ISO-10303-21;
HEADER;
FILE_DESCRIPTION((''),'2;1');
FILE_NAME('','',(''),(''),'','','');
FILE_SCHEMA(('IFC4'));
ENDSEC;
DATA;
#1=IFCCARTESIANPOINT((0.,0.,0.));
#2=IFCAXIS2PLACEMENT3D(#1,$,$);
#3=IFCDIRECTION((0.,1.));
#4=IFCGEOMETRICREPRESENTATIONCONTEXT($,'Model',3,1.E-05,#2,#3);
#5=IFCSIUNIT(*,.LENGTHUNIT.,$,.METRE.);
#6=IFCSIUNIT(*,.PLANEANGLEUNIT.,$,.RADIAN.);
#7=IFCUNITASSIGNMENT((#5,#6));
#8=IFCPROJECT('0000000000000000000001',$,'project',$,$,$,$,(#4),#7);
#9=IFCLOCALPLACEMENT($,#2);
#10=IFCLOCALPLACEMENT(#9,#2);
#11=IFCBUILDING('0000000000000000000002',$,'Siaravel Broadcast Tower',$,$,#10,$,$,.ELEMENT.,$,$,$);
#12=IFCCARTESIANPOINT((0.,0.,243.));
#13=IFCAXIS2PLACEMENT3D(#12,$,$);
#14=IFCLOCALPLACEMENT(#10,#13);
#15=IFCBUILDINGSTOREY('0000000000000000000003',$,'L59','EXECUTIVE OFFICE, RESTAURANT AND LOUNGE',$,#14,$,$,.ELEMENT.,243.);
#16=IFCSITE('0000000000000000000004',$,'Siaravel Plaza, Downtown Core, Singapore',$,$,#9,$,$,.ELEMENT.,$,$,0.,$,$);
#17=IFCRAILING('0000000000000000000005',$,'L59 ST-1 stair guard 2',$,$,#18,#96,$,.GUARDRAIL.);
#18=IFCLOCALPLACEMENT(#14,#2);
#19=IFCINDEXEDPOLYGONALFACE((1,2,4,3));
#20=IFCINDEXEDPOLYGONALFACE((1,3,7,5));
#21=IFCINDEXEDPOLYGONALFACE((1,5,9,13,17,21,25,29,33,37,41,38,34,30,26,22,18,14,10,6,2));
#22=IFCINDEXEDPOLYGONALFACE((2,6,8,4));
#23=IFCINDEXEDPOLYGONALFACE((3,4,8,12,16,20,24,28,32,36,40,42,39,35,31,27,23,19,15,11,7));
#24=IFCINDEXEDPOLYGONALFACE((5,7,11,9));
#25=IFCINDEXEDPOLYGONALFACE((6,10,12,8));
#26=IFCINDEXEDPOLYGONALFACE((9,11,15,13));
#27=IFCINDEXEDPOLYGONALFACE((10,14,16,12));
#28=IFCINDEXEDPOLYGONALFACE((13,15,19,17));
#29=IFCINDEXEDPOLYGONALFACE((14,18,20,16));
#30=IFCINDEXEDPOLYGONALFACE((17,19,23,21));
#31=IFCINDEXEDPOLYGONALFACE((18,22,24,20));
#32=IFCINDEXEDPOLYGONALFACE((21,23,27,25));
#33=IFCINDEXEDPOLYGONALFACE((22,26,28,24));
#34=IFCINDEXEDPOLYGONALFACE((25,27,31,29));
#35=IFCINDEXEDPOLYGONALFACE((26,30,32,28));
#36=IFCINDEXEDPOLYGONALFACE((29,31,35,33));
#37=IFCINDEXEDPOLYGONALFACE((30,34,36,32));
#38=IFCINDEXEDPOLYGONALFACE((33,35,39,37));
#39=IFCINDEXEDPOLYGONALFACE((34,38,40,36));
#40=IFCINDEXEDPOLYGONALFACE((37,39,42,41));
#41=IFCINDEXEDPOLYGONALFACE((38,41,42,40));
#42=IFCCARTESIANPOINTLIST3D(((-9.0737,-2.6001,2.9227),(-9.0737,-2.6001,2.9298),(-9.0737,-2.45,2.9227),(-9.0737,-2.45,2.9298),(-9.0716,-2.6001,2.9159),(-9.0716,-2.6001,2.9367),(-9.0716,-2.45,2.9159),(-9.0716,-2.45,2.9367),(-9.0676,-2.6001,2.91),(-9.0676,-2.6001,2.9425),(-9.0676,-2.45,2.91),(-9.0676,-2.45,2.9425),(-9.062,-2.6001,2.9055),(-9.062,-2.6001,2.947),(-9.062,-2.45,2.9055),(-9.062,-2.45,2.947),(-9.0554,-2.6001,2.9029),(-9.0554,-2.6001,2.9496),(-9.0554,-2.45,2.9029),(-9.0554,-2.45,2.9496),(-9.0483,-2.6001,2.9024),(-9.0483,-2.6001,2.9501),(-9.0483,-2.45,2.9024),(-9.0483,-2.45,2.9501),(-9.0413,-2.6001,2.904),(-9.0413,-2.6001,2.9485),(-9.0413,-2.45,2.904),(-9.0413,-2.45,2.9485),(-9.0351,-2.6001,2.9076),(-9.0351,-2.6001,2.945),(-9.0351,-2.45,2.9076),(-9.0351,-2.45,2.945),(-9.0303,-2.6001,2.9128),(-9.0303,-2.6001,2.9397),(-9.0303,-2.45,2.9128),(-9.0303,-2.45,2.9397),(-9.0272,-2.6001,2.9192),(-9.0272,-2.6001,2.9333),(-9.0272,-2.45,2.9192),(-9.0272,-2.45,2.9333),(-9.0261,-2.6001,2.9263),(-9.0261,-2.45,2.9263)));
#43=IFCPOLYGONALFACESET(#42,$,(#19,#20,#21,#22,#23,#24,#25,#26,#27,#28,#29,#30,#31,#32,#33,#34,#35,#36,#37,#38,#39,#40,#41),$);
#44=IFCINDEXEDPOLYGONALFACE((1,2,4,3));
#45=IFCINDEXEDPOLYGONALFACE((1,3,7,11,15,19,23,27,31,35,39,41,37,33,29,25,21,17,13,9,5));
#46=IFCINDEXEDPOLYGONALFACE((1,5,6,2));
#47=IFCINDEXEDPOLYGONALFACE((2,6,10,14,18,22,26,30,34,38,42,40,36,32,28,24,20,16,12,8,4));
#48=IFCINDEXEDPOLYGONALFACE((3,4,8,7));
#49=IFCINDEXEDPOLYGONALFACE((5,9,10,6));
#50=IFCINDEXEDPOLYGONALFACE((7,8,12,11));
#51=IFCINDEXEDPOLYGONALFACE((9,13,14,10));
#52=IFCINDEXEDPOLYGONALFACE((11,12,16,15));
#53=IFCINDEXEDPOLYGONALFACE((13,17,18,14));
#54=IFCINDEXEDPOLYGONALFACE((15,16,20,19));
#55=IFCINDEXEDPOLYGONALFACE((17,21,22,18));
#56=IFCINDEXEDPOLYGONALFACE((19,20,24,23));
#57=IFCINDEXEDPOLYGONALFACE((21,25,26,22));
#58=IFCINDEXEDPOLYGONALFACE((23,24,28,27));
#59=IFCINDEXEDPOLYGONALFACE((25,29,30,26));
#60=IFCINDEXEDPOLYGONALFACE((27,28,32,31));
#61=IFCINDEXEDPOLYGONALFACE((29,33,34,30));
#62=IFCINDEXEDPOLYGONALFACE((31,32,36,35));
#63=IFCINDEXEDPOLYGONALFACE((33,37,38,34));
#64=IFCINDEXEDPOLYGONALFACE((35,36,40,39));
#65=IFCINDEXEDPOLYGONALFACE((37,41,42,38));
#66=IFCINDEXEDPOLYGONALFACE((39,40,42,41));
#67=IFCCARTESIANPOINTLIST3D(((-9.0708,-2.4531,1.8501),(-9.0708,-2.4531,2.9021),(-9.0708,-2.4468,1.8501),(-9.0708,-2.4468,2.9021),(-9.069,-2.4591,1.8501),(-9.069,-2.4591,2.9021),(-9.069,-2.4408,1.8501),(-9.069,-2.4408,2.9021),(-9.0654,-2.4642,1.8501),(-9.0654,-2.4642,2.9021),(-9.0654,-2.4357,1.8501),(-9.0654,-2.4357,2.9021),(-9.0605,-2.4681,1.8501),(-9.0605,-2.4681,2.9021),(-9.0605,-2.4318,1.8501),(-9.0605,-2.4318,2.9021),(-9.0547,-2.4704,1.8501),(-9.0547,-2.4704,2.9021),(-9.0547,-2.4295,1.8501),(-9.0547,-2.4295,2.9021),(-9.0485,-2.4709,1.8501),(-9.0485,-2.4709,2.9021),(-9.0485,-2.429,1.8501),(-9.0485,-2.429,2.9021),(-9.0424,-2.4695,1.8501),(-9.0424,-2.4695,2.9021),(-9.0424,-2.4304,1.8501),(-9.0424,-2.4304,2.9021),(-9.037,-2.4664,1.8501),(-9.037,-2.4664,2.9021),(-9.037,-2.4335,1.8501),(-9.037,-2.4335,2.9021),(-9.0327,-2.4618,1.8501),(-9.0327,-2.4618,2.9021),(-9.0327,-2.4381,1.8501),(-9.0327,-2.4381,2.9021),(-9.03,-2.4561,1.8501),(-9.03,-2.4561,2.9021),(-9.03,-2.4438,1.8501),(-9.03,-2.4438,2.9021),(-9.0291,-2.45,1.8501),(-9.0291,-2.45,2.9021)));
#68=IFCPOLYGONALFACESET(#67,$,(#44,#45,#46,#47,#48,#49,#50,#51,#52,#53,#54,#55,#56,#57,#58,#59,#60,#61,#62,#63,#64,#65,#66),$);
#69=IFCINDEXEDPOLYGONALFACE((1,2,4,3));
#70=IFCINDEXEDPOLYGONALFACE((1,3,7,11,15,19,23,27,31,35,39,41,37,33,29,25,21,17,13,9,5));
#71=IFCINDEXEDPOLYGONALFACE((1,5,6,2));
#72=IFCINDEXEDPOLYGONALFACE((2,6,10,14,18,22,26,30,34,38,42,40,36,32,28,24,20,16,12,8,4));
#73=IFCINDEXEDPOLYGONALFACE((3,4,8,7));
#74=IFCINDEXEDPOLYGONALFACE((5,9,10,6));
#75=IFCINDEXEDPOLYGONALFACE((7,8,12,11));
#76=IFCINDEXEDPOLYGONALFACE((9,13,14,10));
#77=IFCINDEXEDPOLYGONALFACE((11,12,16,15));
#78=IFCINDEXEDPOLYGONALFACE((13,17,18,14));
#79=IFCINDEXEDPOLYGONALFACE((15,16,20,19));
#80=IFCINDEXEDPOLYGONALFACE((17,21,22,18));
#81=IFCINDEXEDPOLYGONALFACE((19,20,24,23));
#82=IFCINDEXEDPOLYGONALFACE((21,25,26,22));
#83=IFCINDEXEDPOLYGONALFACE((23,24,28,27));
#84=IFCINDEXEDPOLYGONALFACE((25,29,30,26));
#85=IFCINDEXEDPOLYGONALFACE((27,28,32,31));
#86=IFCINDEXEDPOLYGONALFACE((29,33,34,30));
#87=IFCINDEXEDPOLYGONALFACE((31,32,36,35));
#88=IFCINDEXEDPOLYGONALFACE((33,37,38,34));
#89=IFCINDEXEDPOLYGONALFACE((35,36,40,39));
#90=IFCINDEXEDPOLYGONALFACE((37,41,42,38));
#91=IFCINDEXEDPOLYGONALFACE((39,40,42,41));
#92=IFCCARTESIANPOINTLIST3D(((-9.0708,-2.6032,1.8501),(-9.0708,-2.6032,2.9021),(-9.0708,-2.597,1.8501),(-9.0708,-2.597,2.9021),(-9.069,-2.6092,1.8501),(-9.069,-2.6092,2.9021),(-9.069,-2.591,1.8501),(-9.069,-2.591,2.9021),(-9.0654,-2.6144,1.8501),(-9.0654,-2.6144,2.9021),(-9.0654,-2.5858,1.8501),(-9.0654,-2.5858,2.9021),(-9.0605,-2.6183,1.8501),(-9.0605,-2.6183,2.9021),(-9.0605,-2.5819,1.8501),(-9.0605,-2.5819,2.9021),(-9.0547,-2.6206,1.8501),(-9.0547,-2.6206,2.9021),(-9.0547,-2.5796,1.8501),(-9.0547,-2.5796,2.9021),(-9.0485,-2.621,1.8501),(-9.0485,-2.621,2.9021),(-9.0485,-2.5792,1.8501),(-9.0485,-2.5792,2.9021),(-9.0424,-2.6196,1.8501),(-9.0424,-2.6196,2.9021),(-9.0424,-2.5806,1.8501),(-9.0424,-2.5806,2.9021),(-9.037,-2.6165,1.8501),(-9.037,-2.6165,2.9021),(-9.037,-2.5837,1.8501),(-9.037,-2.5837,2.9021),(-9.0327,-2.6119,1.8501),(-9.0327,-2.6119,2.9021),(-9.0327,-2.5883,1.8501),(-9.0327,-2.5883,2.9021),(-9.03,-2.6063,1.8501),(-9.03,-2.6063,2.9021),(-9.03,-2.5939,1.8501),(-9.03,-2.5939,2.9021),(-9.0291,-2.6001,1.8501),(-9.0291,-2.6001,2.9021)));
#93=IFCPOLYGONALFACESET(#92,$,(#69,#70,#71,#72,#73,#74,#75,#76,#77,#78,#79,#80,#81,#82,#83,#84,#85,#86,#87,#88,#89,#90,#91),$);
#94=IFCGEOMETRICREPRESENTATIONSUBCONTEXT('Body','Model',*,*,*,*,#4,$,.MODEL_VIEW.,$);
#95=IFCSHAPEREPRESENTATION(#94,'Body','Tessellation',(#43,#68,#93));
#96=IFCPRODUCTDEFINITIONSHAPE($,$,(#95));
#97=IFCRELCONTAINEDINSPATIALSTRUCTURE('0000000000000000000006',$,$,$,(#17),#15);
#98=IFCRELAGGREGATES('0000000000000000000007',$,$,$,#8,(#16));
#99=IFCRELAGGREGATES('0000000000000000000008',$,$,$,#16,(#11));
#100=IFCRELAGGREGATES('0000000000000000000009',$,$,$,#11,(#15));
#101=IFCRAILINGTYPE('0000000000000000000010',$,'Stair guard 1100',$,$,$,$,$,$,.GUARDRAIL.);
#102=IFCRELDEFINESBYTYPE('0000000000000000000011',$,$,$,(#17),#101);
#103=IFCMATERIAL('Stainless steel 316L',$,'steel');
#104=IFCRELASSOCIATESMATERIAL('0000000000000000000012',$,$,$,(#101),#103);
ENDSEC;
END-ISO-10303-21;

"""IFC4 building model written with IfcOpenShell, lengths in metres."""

from ifc_helpers import new_model, si_unit, direction, frame, origin, origin_2d, place, context, subcontext, project, spatial, circle, extrude, material, type_object, element, save


model = new_model("IFC4")

# Units and contexts
model_context = context("Model", 3, precision=1e-05, world=origin(), true_north=direction((0.0, 1.0)))
body_context = subcontext(model_context, "Body", "Model", "MODEL_VIEW")
ifc_project = project(units=[si_unit("LENGTHUNIT", "METRE"), si_unit("PLANEANGLEUNIT", "RADIAN")], contexts=[model_context])

# Site, building, storey
site_placement = place(None, origin())
site = spatial("IfcSite", under=ifc_project, at=site_placement, Name="Siaravel Plaza, Downtown Core, Singapore", CompositionType="ELEMENT", RefElevation=0.0)
building_placement = place(site_placement, origin())
building = spatial("IfcBuilding", under=site, at=building_placement, Name="Siaravel Broadcast Tower", CompositionType="ELEMENT")
storey_placement = place(building_placement, frame((0.0, 0.0, 243.0)))
storey = spatial("IfcBuildingStorey", under=building, at=storey_placement, Name="L59", Description="EXECUTIVE OFFICE, RESTAURANT AND LOUNGE", CompositionType="ELEMENT", Elevation=243.0)

# Shared definitions
ifc_material_1 = material(Name="Stainless steel 316L", Category="steel")

# Railing
railing_type_1 = type_object("IfcRailingType", Name="Stair guard 1100", PredefinedType="GUARDRAIL", material=ifc_material_1)
railing_1_placement = place(storey_placement, frame((-9.05, -2.45, 1.8501)))
element("IfcRailing", 1, at=railing_1_placement, inside=storey, type_object=railing_type_1, Name="L59 ST-1 stair guard 2", PredefinedType="GUARDRAIL", context=body_context, shape_type="SweptSolid", body=[
    extrude(circle(Radius=0.0239, at=origin_2d()), frame((0.0, 0.0, 1.0762), z_axis=(0.0, -1.0, 0.0), x_axis=(1.0, 0.0, 0.0)), (0.0, 0.0, 1.0), 0.1501),
    extrude(circle(Radius=0.021, at=origin_2d()), origin(), (0.0, 0.0, 1.0), 1.052),
    extrude(circle(Radius=0.021, at=origin_2d()), frame((0.0, -0.1501, 0.0)), (0.0, 0.0, 1.0), 1.052),
])

save(model, "model.ifc")
